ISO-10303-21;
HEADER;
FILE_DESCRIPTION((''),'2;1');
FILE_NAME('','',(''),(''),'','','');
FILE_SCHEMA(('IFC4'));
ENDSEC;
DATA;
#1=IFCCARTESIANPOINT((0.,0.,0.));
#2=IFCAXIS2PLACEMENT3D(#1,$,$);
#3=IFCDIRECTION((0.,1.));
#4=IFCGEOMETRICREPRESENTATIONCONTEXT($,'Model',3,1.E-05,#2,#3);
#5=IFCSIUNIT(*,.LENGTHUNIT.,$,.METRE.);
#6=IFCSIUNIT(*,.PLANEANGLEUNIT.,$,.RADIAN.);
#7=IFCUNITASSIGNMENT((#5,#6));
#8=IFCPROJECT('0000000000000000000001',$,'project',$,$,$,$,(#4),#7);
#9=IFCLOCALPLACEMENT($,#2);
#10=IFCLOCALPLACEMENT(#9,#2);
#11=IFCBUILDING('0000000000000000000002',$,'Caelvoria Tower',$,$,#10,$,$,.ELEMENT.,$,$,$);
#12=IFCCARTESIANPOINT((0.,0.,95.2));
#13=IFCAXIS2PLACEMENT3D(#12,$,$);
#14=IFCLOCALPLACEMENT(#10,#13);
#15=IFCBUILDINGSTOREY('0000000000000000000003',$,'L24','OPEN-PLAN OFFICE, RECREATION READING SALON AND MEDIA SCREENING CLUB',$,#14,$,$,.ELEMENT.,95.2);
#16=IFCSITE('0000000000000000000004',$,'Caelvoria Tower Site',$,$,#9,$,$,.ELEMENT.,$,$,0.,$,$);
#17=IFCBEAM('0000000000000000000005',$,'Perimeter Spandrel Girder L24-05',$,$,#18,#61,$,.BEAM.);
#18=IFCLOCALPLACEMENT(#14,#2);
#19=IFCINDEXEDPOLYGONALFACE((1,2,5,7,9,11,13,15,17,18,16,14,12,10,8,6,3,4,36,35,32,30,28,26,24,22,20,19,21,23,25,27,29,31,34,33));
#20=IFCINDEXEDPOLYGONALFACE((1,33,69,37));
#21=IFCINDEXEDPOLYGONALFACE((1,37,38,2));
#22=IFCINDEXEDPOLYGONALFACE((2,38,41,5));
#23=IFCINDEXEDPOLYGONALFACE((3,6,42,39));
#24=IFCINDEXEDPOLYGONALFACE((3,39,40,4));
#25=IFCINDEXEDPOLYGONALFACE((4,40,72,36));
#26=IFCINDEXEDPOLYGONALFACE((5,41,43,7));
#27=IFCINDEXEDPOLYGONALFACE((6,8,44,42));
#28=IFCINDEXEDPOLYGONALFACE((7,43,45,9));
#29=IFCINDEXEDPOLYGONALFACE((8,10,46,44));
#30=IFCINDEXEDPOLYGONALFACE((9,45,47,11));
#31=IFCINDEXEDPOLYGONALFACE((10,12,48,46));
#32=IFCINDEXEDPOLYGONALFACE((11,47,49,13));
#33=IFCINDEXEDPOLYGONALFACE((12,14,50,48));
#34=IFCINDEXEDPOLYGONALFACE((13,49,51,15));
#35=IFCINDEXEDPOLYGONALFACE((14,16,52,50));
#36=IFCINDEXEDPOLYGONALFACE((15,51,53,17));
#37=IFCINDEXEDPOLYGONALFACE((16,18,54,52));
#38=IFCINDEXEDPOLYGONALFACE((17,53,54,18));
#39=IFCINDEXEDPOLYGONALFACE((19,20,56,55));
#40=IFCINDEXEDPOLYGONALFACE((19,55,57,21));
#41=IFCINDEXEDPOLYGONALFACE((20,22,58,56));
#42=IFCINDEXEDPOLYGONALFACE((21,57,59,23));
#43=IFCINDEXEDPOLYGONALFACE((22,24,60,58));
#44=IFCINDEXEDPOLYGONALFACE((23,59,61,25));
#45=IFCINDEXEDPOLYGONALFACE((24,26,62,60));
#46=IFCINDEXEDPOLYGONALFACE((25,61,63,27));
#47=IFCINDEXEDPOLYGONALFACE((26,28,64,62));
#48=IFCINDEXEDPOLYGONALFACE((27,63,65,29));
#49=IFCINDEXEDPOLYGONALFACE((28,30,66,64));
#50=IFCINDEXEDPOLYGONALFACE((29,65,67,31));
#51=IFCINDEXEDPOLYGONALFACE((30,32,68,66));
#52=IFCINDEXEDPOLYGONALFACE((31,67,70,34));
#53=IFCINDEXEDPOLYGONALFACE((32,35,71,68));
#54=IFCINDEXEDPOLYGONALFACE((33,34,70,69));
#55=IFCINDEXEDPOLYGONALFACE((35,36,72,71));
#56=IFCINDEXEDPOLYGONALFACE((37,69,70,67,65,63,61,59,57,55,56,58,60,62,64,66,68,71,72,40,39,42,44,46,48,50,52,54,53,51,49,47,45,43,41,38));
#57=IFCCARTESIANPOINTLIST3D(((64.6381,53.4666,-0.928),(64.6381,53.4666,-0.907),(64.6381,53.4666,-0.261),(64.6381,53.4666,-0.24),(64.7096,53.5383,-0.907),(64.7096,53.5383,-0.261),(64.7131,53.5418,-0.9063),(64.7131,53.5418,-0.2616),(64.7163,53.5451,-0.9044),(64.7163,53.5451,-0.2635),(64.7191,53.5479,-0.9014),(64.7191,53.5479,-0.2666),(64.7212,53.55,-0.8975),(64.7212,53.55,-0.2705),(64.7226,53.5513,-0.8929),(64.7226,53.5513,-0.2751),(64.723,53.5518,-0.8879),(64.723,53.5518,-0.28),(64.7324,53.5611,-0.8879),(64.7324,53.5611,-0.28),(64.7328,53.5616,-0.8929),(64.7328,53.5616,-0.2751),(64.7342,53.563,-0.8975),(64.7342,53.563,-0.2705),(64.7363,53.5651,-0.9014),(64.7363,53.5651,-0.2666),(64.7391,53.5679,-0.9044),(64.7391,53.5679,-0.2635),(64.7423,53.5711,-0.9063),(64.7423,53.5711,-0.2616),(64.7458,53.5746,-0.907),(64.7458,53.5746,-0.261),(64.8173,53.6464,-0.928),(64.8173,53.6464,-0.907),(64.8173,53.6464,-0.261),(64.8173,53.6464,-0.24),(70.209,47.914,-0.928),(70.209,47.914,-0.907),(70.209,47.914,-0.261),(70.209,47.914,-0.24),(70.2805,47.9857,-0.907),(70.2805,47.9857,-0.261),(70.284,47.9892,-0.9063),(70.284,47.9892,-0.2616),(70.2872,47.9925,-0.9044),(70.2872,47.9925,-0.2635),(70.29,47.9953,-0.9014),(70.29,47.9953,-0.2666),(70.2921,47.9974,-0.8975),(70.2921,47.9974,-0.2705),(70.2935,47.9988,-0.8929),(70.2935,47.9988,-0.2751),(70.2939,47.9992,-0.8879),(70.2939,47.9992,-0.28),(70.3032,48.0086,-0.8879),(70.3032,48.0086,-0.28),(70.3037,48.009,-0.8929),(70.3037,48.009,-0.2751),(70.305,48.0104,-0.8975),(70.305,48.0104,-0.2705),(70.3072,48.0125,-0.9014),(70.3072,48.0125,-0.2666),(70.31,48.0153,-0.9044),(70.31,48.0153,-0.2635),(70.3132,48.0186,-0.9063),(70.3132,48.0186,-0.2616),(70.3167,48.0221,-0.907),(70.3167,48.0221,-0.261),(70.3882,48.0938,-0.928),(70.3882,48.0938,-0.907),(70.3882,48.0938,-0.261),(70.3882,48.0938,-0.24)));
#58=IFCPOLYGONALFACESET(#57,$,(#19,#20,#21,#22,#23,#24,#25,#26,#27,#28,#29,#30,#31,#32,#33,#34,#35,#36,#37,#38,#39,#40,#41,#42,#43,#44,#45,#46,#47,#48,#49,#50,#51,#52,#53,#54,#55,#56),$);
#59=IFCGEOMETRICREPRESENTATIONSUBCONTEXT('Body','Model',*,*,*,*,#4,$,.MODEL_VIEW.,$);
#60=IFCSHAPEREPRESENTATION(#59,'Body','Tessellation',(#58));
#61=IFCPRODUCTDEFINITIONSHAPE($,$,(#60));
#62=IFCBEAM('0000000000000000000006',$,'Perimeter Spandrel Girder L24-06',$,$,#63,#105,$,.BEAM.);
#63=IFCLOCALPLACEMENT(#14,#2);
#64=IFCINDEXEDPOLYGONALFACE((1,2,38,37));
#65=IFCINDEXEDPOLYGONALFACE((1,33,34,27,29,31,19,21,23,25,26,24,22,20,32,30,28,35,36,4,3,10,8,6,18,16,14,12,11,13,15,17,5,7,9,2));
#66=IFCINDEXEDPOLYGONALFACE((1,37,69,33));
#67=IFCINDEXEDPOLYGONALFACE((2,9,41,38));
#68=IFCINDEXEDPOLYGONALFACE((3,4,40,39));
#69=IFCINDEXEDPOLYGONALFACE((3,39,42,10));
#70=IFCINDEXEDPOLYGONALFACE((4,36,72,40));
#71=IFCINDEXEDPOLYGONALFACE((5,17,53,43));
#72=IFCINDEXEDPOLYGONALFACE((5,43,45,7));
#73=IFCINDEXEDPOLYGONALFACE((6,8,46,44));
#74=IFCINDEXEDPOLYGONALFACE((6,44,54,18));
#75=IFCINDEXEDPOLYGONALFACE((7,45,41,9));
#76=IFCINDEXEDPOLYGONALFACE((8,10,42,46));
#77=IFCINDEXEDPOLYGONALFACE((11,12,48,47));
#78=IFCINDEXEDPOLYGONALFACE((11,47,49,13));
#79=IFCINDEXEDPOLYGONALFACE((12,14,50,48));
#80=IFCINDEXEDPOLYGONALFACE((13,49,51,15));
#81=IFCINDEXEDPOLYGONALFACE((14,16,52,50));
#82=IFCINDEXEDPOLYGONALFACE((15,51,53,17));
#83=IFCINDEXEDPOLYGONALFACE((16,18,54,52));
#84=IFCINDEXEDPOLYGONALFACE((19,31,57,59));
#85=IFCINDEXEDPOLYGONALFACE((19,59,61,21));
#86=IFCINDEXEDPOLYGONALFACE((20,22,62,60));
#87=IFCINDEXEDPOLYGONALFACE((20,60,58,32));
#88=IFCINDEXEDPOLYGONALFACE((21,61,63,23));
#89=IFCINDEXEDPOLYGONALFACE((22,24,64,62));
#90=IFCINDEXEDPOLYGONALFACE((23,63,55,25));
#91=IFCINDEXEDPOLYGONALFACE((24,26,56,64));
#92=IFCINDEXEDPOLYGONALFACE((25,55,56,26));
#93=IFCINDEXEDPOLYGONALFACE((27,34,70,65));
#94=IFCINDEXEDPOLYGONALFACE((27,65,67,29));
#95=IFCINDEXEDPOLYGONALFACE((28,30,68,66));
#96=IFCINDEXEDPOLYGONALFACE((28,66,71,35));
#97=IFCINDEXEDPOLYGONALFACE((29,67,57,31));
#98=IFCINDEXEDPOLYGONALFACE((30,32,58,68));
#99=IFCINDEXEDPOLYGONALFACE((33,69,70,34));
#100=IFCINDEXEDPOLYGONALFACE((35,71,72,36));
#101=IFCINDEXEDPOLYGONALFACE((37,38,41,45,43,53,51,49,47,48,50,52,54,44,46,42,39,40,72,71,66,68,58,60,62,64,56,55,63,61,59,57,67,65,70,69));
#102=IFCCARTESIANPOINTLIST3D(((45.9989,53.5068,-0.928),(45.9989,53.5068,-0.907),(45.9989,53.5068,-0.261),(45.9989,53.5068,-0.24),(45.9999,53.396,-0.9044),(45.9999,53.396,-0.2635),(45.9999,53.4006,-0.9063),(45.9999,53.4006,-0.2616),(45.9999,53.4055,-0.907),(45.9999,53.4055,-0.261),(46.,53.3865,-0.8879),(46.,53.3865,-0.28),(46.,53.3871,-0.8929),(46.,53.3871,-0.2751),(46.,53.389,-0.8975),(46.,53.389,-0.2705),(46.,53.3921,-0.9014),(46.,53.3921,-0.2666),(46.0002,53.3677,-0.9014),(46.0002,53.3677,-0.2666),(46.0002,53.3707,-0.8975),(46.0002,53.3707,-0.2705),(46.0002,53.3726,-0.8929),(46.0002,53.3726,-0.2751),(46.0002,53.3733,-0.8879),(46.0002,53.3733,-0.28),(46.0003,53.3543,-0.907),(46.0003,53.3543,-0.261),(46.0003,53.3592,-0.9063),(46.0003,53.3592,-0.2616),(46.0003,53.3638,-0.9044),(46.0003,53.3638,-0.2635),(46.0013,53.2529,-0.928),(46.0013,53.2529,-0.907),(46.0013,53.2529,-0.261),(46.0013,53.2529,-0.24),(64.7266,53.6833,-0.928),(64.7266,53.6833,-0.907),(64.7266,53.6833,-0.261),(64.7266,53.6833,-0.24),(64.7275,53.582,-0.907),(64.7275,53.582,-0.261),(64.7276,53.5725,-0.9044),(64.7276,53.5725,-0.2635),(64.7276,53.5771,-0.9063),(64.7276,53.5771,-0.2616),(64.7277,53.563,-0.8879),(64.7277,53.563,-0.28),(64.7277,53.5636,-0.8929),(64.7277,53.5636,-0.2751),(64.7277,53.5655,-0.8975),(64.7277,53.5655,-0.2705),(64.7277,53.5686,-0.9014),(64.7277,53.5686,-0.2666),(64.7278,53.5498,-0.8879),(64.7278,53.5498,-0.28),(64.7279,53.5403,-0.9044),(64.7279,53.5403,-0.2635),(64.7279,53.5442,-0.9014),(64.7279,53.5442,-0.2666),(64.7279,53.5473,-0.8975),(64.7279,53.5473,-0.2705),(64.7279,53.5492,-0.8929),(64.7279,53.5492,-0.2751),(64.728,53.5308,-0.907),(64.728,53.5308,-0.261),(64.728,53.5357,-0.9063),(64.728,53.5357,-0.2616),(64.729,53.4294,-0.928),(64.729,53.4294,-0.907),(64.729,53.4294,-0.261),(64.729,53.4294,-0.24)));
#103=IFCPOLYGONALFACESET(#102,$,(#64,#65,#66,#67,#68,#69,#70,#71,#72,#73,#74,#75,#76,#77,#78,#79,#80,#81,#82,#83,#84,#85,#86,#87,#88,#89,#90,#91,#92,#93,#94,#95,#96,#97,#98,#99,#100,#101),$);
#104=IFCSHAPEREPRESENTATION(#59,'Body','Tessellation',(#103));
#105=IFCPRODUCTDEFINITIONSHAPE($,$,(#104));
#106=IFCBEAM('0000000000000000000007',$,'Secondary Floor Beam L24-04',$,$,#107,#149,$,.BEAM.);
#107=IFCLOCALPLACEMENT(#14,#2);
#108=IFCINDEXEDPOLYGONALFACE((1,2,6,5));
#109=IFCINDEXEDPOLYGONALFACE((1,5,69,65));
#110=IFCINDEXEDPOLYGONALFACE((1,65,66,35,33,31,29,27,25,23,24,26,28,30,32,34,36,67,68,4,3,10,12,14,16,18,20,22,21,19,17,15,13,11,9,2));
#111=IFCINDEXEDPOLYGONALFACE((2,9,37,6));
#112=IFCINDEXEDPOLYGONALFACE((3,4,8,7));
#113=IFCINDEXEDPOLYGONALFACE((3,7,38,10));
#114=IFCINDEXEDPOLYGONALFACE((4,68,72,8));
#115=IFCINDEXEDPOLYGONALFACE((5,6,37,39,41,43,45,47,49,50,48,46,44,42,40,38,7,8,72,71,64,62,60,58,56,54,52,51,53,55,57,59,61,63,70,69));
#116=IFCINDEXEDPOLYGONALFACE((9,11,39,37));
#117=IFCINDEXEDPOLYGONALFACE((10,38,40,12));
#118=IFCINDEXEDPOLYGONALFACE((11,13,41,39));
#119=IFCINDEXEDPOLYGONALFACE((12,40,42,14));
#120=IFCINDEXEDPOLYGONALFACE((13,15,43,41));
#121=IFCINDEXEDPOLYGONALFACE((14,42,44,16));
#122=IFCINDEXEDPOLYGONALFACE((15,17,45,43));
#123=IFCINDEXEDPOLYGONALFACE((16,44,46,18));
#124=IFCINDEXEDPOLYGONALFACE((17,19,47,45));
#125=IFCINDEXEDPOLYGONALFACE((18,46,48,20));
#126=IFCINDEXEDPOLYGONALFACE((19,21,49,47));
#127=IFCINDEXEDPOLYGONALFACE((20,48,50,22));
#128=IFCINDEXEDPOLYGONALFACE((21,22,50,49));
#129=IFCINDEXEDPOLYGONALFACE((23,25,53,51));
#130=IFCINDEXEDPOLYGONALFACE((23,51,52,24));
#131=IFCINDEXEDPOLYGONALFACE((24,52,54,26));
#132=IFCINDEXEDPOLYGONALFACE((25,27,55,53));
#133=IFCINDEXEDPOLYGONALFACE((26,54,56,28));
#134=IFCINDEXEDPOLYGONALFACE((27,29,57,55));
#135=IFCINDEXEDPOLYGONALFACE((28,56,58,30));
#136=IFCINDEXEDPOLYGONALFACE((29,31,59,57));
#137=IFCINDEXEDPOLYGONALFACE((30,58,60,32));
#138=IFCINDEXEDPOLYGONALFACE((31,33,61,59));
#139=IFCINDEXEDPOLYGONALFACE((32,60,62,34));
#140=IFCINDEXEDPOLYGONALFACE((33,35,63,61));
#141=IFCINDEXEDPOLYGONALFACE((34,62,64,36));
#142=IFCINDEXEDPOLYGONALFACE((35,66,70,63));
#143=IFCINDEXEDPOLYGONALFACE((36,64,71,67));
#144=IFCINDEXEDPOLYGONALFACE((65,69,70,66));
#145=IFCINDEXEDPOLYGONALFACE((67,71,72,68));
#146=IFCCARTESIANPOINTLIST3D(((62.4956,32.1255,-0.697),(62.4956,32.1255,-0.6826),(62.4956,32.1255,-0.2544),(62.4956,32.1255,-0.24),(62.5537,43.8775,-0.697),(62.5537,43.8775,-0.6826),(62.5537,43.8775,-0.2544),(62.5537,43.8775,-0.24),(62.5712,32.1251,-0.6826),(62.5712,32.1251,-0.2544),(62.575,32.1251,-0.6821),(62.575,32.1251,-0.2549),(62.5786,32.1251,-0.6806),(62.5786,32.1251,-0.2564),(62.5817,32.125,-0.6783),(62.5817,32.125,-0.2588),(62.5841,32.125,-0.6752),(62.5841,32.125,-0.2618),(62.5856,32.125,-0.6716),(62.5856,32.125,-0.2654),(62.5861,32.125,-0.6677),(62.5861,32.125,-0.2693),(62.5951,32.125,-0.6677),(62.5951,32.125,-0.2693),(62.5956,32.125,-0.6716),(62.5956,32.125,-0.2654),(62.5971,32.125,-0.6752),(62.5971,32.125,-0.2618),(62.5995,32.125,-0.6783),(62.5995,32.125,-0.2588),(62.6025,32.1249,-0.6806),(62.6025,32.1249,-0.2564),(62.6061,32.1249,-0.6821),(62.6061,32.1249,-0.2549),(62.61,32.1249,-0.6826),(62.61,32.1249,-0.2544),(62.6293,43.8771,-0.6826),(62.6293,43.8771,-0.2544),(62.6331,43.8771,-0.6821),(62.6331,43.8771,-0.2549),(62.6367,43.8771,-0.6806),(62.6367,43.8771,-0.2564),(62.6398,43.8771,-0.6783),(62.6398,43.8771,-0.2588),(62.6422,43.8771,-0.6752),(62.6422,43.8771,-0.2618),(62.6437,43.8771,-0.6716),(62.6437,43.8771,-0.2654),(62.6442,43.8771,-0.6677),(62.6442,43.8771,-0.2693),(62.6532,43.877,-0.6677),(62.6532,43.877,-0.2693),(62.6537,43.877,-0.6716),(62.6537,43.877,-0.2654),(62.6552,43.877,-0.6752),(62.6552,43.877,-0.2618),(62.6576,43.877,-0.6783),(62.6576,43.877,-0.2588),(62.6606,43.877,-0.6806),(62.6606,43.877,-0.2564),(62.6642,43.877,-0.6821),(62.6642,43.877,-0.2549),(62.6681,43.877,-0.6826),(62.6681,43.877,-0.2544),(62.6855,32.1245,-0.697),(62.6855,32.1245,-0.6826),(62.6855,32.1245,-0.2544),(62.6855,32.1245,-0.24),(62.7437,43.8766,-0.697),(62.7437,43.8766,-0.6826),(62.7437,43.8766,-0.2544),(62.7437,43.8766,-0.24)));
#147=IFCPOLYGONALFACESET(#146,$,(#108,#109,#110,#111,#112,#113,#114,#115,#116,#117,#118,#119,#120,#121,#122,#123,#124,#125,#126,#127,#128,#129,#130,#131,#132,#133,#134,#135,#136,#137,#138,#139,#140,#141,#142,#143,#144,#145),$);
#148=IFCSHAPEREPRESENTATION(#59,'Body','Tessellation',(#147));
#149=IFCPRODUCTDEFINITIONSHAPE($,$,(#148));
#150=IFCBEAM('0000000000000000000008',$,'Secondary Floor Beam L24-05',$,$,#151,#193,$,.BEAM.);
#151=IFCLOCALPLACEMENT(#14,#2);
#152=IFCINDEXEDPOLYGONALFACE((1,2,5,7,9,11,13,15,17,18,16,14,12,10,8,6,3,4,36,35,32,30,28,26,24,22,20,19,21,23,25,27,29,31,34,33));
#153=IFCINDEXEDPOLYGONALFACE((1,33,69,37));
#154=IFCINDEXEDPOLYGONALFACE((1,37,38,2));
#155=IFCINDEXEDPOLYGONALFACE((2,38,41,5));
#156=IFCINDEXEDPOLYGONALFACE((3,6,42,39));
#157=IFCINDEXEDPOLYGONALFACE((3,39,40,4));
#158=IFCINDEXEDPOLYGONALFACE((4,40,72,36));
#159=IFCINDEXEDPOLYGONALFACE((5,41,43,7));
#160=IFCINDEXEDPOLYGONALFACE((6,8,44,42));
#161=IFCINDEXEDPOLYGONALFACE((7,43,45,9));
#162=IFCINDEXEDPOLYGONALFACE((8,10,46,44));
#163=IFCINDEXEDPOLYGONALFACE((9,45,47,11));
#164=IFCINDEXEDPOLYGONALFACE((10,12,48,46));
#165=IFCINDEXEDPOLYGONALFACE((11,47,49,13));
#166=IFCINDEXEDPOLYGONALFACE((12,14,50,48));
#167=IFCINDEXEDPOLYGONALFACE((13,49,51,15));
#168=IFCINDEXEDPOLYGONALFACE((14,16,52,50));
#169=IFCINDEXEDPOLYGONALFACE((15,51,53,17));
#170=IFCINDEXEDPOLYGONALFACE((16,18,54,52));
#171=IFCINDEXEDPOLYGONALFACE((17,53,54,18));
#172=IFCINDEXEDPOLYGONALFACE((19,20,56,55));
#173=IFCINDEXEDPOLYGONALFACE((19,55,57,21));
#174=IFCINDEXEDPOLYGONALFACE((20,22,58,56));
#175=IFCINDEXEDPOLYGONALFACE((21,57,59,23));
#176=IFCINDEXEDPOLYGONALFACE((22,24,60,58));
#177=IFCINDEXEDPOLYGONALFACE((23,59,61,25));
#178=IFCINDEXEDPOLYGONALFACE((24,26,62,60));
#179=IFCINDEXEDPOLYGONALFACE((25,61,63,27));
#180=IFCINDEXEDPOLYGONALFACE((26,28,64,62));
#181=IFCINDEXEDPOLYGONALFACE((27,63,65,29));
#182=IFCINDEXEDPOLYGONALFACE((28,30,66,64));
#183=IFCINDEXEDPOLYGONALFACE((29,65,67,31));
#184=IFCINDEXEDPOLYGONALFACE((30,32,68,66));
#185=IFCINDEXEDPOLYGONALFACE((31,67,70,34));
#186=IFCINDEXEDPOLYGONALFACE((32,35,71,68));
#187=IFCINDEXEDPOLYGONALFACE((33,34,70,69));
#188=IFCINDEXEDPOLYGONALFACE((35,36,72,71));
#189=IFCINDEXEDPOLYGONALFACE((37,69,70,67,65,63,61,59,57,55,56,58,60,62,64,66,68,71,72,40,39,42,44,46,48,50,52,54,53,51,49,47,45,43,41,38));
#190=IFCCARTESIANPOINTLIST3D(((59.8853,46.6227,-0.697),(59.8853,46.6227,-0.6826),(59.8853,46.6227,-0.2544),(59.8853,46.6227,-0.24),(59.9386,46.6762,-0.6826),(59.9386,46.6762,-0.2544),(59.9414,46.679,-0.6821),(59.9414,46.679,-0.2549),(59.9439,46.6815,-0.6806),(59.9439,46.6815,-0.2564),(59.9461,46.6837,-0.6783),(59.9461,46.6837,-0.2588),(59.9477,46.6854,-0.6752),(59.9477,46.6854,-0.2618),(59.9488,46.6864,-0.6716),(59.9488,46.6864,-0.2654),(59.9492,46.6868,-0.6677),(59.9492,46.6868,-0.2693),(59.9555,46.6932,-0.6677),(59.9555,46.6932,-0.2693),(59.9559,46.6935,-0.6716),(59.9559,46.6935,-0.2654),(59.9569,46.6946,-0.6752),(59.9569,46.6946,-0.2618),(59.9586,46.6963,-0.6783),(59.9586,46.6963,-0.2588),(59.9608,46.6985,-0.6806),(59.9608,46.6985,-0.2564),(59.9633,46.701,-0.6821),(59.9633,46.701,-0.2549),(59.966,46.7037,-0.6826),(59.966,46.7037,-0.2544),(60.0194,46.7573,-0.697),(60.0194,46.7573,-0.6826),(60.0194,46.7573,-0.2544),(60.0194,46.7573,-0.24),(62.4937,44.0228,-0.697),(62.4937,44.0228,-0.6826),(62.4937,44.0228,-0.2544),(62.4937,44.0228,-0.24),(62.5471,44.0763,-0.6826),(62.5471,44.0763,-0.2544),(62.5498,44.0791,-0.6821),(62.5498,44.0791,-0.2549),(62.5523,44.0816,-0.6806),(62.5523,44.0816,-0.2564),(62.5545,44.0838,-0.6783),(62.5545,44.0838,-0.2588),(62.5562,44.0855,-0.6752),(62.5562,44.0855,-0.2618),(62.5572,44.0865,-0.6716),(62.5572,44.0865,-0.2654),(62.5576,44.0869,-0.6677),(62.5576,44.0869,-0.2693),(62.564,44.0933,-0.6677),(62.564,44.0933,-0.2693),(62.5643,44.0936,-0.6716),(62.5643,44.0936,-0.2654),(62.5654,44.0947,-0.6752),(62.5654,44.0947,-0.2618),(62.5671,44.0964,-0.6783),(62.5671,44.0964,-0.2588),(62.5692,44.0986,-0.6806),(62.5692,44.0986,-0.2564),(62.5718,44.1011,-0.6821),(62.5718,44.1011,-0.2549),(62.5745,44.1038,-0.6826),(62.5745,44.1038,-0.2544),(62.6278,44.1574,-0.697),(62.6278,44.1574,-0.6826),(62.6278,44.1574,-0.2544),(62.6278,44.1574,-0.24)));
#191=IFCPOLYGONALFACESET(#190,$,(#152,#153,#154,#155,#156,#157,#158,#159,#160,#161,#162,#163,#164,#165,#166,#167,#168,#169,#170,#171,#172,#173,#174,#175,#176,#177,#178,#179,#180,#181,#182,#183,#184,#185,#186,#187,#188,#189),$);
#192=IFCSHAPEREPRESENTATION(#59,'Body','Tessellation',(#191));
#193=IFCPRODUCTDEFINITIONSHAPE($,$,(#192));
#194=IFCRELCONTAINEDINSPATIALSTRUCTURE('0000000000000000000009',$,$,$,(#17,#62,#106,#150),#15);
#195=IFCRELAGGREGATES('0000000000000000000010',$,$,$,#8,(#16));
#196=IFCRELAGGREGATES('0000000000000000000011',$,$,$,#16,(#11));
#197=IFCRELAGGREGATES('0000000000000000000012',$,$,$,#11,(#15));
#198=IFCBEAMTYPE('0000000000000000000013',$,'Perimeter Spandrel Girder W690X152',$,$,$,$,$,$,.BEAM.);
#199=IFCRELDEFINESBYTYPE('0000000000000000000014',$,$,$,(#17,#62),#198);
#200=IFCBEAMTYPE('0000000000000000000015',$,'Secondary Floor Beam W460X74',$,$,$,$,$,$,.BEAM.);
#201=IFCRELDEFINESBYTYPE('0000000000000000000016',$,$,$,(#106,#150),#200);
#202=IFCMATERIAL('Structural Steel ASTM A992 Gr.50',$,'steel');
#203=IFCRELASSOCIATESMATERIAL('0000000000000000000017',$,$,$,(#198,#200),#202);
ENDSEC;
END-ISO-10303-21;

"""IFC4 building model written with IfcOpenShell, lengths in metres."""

from ifc_helpers import new_model, si_unit, direction, frame, origin, origin_2d, place, context, subcontext, project, spatial, i_section, extrude, material, material_profile, profile_set, type_object, element, save


model = new_model("IFC4")

# Units and contexts
model_context = context("Model", 3, precision=1e-05, world=origin(), true_north=direction((0.0, 1.0)))
body_context = subcontext(model_context, "Body", "Model", "MODEL_VIEW")
ifc_project = project(units=[si_unit("LENGTHUNIT", "METRE"), si_unit("PLANEANGLEUNIT", "RADIAN")], contexts=[model_context])

# Site, building, storey
site_placement = place(None, origin())
site = spatial("IfcSite", under=ifc_project, at=site_placement, Name="Caelvoria Tower Site", CompositionType="ELEMENT", RefElevation=0.0)
building_placement = place(site_placement, origin())
building = spatial("IfcBuilding", under=site, at=building_placement, Name="Caelvoria Tower", CompositionType="ELEMENT")
storey_placement = place(building_placement, frame((0.0, 0.0, 95.2)))
storey = spatial("IfcBuildingStorey", under=building, at=storey_placement, Name="L24", Description="OPEN-PLAN OFFICE, RECREATION READING SALON AND MEDIA SCREENING CLUB", CompositionType="ELEMENT", Elevation=95.2)

# Beams
ifc_material_1 = material(Name="Structural Steel ASTM A992 Gr.50", Category="steel")
ifc_material_profile_1 = material_profile(ifc_material_1, i_section(OverallWidth=0.2539, OverallDepth=0.688, WebThickness=0.0132, FlangeThickness=0.021, FilletRadius=0.019, at=origin_2d()), Name="Structural Steel ASTM A992 Gr.50")
ifc_profile_set_1 = profile_set([ifc_material_profile_1], Name="W690X152 - Structural Steel ASTM A992 Gr.50")
beam_type_1 = type_object("IfcBeamType", Name="Perimeter Spandrel Girder W690X152", PredefinedType="BEAM", material=ifc_profile_set_1)
beam_1_placement = place(storey_placement, frame((70.2986, 48.0039, -0.584), z_axis=(-0.70827, 0.705942, 0.0), x_axis=(-0.705942, -0.70827, 0.0)))
element("IfcBeam", 1, at=beam_1_placement, inside=storey, type_object=beam_type_1, Name="Perimeter Spandrel Girder L24-05", PredefinedType="BEAM", context=body_context, shape_type="SweptSolid", body=[
    extrude(i_section(OverallWidth=0.2539, OverallDepth=0.688, WebThickness=0.0132, FlangeThickness=0.021, FilletRadius=0.019, at=origin_2d()), origin(), (0.0, 0.0, 1.0), 7.8655),
])
beam_2_placement = place(storey_placement, frame((64.7278, 53.5564, -0.584), z_axis=(-0.999956, -0.009425, 0.0), x_axis=(0.009425, -0.999956, 0.0)))
element("IfcBeam", 2, at=beam_2_placement, inside=storey, type_object=beam_type_1, Name="Perimeter Spandrel Girder L24-06", PredefinedType="BEAM", context=body_context, shape_type="SweptSolid", body=[
    extrude(i_section(OverallWidth=0.2539, OverallDepth=0.688, WebThickness=0.0132, FlangeThickness=0.021, FilletRadius=0.019, at=origin_2d()), origin(), (0.0, 0.0, 1.0), 18.7285),
])
ifc_material_profile_2 = material_profile(ifc_material_1, i_section(OverallWidth=0.1899, OverallDepth=0.457, WebThickness=0.009, FlangeThickness=0.0144, FilletRadius=0.0149, at=origin_2d()), Name="Structural Steel ASTM A992 Gr.50")
ifc_profile_set_2 = profile_set([ifc_material_profile_2], Name="W460X74 - Structural Steel ASTM A992 Gr.50")
beam_type_2 = type_object("IfcBeamType", Name="Secondary Floor Beam W460X74", PredefinedType="BEAM", material=ifc_profile_set_2)
beam_3_placement = place(storey_placement, frame((62.5906, 32.125, -0.4685), z_axis=(0.004944, 0.999988, 0.0), x_axis=(-0.999988, 0.004944, 0.0)))
element("IfcBeam", 3, at=beam_3_placement, inside=storey, type_object=beam_type_2, Name="Secondary Floor Beam L24-04", PredefinedType="BEAM", context=body_context, shape_type="SweptSolid", body=[
    extrude(i_section(OverallWidth=0.1899, OverallDepth=0.457, WebThickness=0.009, FlangeThickness=0.0144, FilletRadius=0.0149, at=origin_2d()), origin(), (0.0, 0.0, 1.0), 11.7522),
])
beam_4_placement = place(storey_placement, frame((62.5608, 44.0901, -0.4685), z_axis=(-0.708266, 0.705946, 0.0), x_axis=(-0.705946, -0.708266, 0.0)))
element("IfcBeam", 4, at=beam_4_placement, inside=storey, type_object=beam_type_2, Name="Secondary Floor Beam L24-05", PredefinedType="BEAM", context=body_context, shape_type="SweptSolid", body=[
    extrude(i_section(OverallWidth=0.1899, OverallDepth=0.457, WebThickness=0.009, FlangeThickness=0.0144, FilletRadius=0.0149, at=origin_2d()), origin(), (0.0, 0.0, 1.0), 3.6829),
])

save(model, "model.ifc")
